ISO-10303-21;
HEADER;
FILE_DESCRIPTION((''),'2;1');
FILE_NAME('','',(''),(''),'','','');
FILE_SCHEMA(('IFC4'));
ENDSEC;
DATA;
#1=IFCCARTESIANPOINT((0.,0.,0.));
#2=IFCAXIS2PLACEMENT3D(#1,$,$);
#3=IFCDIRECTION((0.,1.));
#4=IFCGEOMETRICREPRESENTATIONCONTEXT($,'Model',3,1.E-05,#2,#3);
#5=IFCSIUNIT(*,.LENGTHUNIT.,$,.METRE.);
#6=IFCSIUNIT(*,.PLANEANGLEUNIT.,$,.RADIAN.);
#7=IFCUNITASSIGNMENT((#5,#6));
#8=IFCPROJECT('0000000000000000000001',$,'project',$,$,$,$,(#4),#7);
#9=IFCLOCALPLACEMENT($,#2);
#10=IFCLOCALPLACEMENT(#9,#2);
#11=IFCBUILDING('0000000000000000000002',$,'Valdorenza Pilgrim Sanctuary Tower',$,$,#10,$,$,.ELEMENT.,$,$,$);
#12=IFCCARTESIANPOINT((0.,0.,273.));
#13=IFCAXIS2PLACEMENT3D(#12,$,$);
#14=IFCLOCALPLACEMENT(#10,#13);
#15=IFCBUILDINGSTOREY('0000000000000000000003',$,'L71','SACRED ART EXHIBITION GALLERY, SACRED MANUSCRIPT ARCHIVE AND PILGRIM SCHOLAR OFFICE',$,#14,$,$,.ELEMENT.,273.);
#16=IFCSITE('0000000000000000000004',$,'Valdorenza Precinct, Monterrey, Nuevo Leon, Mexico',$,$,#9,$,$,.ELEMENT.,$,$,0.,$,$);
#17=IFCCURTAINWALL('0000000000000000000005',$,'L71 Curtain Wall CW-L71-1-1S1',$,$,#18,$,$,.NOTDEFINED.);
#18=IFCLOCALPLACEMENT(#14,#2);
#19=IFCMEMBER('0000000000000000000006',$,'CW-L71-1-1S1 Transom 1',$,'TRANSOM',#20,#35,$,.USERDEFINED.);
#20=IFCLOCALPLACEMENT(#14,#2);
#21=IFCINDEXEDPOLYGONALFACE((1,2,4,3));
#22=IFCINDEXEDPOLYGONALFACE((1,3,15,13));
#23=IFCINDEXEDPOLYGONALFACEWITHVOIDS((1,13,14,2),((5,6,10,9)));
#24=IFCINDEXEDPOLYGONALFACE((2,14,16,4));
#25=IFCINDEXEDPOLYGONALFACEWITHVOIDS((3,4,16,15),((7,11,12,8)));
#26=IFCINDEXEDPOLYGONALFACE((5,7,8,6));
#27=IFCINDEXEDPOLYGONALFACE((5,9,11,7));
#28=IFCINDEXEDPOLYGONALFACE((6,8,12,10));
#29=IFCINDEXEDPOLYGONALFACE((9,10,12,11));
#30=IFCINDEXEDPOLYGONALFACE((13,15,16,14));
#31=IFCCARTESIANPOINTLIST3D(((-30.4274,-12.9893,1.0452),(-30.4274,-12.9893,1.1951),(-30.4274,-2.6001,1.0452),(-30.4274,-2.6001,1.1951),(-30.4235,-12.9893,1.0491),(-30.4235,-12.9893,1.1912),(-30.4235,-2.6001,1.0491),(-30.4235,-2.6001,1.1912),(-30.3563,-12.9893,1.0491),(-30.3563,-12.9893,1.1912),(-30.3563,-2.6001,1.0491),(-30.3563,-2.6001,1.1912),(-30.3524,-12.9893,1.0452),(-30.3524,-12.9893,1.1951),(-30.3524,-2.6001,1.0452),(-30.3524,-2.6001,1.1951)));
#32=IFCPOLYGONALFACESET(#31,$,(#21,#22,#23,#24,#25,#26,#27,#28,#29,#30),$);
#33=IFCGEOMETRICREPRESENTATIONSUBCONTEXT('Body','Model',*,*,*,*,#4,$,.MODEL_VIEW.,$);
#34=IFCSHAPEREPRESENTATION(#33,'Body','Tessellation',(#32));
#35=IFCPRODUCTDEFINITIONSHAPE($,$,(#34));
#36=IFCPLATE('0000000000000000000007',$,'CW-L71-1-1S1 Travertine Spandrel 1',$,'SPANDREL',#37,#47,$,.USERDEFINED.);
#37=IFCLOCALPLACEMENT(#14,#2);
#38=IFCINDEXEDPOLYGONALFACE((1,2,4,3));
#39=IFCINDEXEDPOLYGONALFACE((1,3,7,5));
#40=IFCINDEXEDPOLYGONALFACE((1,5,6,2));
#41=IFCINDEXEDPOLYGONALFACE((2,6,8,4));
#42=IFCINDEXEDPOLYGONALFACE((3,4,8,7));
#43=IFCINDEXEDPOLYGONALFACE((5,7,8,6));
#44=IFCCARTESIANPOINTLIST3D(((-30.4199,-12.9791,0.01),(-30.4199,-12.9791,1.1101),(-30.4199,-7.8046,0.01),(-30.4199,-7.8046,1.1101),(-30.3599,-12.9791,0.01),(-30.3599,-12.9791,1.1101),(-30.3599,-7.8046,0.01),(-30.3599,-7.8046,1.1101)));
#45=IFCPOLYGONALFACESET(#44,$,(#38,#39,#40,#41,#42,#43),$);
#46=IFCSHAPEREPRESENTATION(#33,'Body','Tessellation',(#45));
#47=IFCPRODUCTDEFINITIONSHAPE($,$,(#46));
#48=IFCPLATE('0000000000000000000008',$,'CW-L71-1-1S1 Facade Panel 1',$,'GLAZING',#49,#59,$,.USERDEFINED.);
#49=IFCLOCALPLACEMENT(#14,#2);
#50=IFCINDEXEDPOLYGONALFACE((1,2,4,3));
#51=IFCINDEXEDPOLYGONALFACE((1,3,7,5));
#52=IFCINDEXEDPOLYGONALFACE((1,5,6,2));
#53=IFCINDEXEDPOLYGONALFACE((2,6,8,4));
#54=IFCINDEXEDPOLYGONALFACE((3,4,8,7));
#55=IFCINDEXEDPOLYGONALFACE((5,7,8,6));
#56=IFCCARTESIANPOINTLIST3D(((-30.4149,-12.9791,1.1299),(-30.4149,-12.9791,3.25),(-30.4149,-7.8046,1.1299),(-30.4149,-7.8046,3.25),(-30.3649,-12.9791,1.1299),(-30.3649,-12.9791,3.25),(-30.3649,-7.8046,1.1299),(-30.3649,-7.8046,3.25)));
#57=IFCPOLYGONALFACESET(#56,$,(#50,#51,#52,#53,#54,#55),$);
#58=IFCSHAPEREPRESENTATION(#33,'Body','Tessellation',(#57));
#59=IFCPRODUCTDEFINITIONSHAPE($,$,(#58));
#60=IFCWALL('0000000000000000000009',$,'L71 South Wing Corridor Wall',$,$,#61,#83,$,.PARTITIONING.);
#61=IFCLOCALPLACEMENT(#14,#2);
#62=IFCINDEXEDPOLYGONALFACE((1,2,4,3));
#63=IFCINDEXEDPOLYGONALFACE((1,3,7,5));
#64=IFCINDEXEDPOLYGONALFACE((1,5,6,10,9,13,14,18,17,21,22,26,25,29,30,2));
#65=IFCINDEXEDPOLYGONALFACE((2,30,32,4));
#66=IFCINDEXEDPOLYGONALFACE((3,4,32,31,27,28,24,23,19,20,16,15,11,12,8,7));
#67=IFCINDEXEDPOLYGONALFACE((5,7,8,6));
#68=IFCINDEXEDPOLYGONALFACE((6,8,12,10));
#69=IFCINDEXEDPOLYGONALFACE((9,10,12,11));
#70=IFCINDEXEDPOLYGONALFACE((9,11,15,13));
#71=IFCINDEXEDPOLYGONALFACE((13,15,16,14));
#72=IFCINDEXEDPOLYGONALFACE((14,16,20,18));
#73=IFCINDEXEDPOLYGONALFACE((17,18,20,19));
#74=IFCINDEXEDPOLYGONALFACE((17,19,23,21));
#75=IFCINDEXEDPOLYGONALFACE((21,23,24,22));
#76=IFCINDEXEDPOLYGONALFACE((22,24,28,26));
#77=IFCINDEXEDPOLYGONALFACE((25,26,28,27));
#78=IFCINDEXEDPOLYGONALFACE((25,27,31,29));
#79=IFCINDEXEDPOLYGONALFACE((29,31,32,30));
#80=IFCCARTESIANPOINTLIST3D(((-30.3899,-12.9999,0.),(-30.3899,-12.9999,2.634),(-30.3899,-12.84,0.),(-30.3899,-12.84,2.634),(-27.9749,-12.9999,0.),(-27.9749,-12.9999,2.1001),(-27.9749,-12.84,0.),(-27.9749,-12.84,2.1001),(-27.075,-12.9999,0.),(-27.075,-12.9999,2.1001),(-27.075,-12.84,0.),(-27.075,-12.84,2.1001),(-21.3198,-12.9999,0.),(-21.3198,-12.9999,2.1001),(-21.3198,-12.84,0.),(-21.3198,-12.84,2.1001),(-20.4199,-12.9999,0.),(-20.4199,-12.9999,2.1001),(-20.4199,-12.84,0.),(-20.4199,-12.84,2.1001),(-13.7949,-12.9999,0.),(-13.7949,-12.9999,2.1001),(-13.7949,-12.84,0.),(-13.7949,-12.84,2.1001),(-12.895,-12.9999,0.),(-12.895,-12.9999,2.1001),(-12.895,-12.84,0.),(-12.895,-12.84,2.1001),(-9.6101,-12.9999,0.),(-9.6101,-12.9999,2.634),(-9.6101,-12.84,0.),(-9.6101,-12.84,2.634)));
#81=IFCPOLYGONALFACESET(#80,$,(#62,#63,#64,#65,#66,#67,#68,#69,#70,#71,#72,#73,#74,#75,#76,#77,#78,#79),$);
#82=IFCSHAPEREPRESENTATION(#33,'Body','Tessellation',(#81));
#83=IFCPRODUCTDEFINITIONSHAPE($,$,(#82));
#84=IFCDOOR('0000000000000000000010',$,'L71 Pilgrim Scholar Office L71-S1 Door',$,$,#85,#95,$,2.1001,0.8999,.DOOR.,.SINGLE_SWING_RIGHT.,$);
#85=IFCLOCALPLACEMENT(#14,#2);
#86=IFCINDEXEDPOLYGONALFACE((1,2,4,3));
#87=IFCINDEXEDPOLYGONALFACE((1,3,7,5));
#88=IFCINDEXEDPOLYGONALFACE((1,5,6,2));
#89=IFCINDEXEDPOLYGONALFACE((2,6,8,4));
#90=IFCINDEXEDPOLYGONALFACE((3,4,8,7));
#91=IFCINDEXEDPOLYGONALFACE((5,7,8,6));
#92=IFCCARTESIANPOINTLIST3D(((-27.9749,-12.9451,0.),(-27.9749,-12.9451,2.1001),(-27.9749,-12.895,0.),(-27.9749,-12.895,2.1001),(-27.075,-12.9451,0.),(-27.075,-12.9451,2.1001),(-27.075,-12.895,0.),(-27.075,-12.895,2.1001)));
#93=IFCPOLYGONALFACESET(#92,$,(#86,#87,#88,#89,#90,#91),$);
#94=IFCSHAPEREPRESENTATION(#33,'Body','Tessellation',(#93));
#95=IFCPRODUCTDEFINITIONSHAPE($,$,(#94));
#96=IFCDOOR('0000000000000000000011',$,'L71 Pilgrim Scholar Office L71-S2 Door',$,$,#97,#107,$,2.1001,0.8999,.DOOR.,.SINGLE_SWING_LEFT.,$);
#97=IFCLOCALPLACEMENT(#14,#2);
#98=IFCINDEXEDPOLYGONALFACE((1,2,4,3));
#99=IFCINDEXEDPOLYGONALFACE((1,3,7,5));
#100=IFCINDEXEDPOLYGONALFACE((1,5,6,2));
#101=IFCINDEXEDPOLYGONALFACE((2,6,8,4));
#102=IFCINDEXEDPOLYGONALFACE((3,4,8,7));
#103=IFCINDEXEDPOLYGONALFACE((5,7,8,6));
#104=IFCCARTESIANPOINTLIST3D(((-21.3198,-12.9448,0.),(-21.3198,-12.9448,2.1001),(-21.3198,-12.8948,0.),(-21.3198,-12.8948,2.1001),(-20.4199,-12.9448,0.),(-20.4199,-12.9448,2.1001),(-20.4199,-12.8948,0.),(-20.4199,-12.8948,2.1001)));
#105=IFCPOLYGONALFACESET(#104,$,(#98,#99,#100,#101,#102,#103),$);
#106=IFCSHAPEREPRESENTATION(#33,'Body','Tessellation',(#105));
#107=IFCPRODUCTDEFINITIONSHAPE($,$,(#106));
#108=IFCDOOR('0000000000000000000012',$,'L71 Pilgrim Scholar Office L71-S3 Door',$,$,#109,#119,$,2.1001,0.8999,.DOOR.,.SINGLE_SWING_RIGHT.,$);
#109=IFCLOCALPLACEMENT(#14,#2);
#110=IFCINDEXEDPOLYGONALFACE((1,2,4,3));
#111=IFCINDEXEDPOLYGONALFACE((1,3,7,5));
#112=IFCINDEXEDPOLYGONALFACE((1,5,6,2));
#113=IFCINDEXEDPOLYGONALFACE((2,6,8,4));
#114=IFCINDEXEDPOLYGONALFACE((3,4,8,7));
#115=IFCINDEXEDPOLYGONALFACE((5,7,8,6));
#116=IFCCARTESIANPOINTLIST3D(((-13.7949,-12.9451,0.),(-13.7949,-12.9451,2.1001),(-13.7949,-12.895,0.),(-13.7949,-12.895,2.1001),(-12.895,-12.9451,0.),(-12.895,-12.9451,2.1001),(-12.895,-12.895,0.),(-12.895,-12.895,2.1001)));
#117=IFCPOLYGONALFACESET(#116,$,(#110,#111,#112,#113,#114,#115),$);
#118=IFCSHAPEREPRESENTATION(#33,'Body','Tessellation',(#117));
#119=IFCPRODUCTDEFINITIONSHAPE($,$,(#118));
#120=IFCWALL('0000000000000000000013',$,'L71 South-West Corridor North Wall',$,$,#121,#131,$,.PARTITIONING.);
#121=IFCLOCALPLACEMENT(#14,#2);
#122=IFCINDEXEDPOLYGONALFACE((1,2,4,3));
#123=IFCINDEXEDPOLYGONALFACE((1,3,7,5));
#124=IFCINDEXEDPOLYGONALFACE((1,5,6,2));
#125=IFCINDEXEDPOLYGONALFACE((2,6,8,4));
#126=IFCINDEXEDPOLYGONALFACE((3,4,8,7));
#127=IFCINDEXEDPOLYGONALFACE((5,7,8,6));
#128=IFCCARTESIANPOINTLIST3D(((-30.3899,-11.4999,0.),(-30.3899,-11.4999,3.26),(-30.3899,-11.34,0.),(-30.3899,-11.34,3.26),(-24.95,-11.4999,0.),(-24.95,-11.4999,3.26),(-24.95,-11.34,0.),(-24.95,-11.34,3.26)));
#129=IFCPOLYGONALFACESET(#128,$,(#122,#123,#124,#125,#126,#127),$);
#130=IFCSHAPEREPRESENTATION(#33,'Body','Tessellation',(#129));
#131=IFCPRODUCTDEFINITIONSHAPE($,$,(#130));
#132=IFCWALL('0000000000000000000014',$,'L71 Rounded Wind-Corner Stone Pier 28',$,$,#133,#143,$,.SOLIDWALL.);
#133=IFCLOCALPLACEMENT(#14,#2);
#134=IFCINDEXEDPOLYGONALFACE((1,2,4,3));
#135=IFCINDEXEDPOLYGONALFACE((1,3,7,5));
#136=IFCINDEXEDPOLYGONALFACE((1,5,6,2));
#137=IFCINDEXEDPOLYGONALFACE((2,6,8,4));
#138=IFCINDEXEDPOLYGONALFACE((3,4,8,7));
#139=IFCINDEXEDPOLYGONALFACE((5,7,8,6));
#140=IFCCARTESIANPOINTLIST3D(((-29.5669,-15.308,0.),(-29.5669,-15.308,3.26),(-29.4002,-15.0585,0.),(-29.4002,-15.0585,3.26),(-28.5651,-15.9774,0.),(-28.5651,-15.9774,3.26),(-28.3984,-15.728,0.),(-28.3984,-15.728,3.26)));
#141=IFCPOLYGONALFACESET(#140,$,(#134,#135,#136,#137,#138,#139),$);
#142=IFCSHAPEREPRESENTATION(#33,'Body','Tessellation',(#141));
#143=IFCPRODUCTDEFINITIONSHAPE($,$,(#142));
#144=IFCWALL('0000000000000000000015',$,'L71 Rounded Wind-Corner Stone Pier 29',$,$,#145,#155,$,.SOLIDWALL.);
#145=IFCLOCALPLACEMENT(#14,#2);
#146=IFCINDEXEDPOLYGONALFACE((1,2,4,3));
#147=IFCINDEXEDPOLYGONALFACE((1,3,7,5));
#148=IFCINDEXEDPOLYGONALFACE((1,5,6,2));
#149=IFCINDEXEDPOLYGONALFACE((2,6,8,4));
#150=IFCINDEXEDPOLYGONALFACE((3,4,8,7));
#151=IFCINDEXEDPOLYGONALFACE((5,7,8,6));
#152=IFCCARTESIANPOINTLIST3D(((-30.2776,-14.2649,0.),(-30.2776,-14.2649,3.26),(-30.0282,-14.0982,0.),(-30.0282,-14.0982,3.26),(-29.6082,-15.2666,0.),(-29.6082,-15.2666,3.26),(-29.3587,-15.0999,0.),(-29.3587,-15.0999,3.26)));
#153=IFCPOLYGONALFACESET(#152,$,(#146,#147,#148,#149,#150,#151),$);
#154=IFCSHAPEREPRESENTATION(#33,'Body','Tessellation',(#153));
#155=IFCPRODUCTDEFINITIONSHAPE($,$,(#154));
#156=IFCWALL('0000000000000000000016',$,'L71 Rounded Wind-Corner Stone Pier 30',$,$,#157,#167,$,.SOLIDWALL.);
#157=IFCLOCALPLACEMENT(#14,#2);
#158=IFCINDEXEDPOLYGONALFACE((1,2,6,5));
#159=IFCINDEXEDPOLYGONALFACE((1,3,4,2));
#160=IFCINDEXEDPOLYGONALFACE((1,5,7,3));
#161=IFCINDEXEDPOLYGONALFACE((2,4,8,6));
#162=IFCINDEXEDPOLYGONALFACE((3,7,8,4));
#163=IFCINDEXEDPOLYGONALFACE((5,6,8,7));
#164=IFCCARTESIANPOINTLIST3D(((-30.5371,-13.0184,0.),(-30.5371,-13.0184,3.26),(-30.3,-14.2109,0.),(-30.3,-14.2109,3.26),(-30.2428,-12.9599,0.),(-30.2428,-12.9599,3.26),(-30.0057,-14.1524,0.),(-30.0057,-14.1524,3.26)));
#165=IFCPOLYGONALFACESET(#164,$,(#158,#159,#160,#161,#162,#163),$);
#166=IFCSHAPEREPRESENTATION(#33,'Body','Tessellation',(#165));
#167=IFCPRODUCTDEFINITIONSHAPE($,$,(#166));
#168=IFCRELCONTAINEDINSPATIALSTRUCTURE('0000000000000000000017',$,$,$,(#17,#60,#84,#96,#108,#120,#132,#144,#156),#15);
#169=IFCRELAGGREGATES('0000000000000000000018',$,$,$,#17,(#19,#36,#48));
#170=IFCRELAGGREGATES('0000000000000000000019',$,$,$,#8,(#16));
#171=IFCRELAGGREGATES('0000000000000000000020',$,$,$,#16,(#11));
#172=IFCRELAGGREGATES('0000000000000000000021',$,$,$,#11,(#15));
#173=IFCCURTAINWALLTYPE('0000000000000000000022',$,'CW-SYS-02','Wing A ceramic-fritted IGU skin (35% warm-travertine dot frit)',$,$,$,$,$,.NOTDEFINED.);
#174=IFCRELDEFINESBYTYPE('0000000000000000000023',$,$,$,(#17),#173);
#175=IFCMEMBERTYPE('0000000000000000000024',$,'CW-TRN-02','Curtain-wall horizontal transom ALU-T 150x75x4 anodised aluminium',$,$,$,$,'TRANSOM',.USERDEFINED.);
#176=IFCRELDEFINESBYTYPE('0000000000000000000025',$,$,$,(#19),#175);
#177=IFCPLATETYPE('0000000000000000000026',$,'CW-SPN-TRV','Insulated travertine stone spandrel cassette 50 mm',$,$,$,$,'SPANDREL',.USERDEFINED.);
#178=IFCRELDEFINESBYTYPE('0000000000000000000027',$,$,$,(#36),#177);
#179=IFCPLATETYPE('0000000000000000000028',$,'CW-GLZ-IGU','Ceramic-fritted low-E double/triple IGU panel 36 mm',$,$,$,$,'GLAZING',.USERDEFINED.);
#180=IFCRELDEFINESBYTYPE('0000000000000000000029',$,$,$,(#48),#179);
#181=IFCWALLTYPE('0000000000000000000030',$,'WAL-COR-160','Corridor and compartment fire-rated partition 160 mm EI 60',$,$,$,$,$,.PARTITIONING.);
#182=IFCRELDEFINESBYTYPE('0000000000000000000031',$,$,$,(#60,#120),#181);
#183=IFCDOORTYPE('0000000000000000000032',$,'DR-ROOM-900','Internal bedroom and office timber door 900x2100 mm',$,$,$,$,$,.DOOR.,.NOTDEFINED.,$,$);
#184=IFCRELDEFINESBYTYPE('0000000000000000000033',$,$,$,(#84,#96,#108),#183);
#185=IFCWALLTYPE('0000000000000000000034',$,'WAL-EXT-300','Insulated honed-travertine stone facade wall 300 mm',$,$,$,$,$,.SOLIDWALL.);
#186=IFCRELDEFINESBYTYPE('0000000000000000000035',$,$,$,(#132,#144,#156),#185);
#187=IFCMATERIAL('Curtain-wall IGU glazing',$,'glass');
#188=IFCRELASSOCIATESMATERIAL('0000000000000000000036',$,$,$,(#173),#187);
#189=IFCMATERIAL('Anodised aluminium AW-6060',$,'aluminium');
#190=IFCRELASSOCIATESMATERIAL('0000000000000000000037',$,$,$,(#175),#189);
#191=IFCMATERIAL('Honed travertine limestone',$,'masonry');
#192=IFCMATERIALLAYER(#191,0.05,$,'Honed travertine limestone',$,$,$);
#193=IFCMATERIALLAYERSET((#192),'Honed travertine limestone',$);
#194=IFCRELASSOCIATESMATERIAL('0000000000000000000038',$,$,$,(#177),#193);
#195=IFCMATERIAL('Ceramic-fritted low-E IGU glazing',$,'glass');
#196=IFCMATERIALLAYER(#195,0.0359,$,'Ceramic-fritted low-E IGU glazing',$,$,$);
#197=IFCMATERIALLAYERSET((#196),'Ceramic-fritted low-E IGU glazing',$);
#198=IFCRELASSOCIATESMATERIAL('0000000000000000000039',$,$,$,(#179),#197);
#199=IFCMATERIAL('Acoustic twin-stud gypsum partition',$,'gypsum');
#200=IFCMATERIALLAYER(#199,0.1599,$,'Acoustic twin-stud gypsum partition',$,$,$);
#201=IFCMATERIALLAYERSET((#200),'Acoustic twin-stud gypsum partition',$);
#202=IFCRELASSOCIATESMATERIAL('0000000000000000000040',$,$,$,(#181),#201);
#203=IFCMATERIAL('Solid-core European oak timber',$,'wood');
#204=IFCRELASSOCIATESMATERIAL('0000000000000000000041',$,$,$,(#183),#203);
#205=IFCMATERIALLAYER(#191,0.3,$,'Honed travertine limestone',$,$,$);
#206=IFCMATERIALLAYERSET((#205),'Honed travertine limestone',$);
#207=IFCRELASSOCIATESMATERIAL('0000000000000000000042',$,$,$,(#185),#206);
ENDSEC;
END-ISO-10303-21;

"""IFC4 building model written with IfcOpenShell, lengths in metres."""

from ifc_helpers import new_model, si_unit, direction, frame, frame_2d, origin, origin_2d, place, context, subcontext, project, spatial, rectangle, hollow_rectangle, extrude, source, transform, mapped, material, layer, layer_set, material_profile, profile_set, type_object, element, fill, aggregate, save


model = new_model("IFC4")

# Units and contexts
model_context = context("Model", 3, precision=1e-05, world=origin(), true_north=direction((0.0, 1.0)))
body_context = subcontext(model_context, "Body", "Model", "MODEL_VIEW")
ifc_project = project(units=[si_unit("LENGTHUNIT", "METRE"), si_unit("PLANEANGLEUNIT", "RADIAN")], contexts=[model_context])

# Site, building, storey
site_placement = place(None, origin())
site = spatial("IfcSite", under=ifc_project, at=site_placement, Name="Valdorenza Precinct, Monterrey, Nuevo Leon, Mexico", CompositionType="ELEMENT", RefElevation=0.0)
building_placement = place(site_placement, origin())
building = spatial("IfcBuilding", under=site, at=building_placement, Name="Valdorenza Pilgrim Sanctuary Tower", CompositionType="ELEMENT")
storey_placement = place(building_placement, frame((0.0, 0.0, 273.0)))
storey = spatial("IfcBuildingStorey", under=building, at=storey_placement, Name="L71", Description="SACRED ART EXHIBITION GALLERY, SACRED MANUSCRIPT ARCHIVE AND PILGRIM SCHOLAR OFFICE", CompositionType="ELEMENT", Elevation=273.0)

# Curtain wall, member, plates
ifc_material_1 = material(Name="Curtain-wall IGU glazing", Category="glass")
curtain_wall_type = type_object("IfcCurtainWallType", Name="CW-SYS-02", Description="Wing A ceramic-fritted IGU skin (35% warm-travertine dot frit)", PredefinedType="NOTDEFINED", material=ifc_material_1)
curtain_wall_placement = place(storey_placement, origin())
curtain_wall = element("IfcCurtainWall", 1, at=curtain_wall_placement, inside=storey, type_object=curtain_wall_type, Name="L71 Curtain Wall CW-L71-1-1S1", PredefinedType="NOTDEFINED")
ifc_material_2 = material(Name="Anodised aluminium AW-6060", Category="aluminium")
ifc_material_profile_1 = material_profile(ifc_material_2, hollow_rectangle(XDim=0.075, YDim=0.1499, WallThickness=0.0039, at=origin_2d()), Name="ALU-T 150x75x4")
ifc_profile_set_1 = profile_set([ifc_material_profile_1], Name="Anodised aluminium AW-6060")
member_type_1 = type_object("IfcMemberType", Name="CW-TRN-02", Description="Curtain-wall horizontal transom ALU-T 150x75x4 anodised aluminium", ElementType="TRANSOM", PredefinedType="USERDEFINED", material=ifc_profile_set_1)
shared_shape_1 = source(origin(), body_context, "Body", "SweptSolid", [
    extrude(hollow_rectangle(XDim=0.075, YDim=0.1499, WallThickness=0.0039, at=origin_2d()), origin(), (0.0, 0.0, 1.0), 10.3892),
])
member_1_placement = place(storey_placement, frame((-30.3899, -12.9893, 1.1201), z_axis=(0.0, 1.0, 0.0), x_axis=(-1.0, 0.0, 0.0)))
member_1 = element("IfcMember", 2, at=member_1_placement, type_object=member_type_1, Name="CW-L71-1-1S1 Transom 1", ObjectType="TRANSOM", PredefinedType="USERDEFINED", context=body_context, shape_type="MappedRepresentation", body=[
    mapped(shared_shape_1, transform((0.0, 0.0, 0.0), x_axis=(1.0, 0.0, 0.0), y_axis=(0.0, 1.0, 0.0), z_axis=(0.0, 0.0, 1.0), scale=1.0)),
])
ifc_material_3 = material(Name="Honed travertine limestone", Category="masonry")
ifc_layer_1 = layer(ifc_material_3, 0.05, Name="Honed travertine limestone")
ifc_layer_set_1 = layer_set([ifc_layer_1], Name="Honed travertine limestone")
plate_type_1 = type_object("IfcPlateType", Name="CW-SPN-TRV", Description="Insulated travertine stone spandrel cassette 50 mm", ElementType="SPANDREL", PredefinedType="USERDEFINED", material=ifc_layer_set_1)
shared_shape_2 = source(origin(), body_context, "Body", "SweptSolid", [
    extrude(rectangle(XDim=5.1746, YDim=0.0601, at=origin_2d()), origin(), (0.0, 0.0, 1.0), 1.1001),
])
plate_1_placement = place(storey_placement, frame((-30.3899, -10.3918, 0.01), z_axis=(0.0, 0.0, 1.0), x_axis=(0.0, 1.0, 0.0)))
plate_1 = element("IfcPlate", 3, at=plate_1_placement, type_object=plate_type_1, Name="CW-L71-1-1S1 Travertine Spandrel 1", ObjectType="SPANDREL", PredefinedType="USERDEFINED", context=body_context, shape_type="MappedRepresentation", body=[
    mapped(shared_shape_2, transform((0.0, 0.0, 0.0), x_axis=(1.0, 0.0, 0.0), y_axis=(0.0, 1.0, 0.0), z_axis=(0.0, 0.0, 1.0), scale=1.0)),
])
ifc_material_4 = material(Name="Ceramic-fritted low-E IGU glazing", Category="glass")
ifc_layer_2 = layer(ifc_material_4, 0.0359, Name="Ceramic-fritted low-E IGU glazing")
ifc_layer_set_2 = layer_set([ifc_layer_2], Name="Ceramic-fritted low-E IGU glazing")
plate_type_2 = type_object("IfcPlateType", Name="CW-GLZ-IGU", Description="Ceramic-fritted low-E double/triple IGU panel 36 mm", ElementType="GLAZING", PredefinedType="USERDEFINED", material=ifc_layer_set_2)
shared_shape_3 = source(origin(), body_context, "Body", "SweptSolid", [
    extrude(rectangle(XDim=5.1746, YDim=0.05, at=origin_2d()), origin(), (0.0, 0.0, 1.0), 2.1201),
])
plate_2_placement = place(storey_placement, frame((-30.3899, -10.3918, 1.1299), z_axis=(0.0, 0.0, 1.0), x_axis=(0.0, 1.0, 0.0)))
plate_2 = element("IfcPlate", 4, at=plate_2_placement, type_object=plate_type_2, Name="CW-L71-1-1S1 Facade Panel 1", ObjectType="GLAZING", PredefinedType="USERDEFINED", context=body_context, shape_type="MappedRepresentation", body=[
    mapped(shared_shape_3, transform((0.0, 0.0, 0.0), x_axis=(1.0, 0.0, 0.0), y_axis=(0.0, 1.0, 0.0), z_axis=(0.0, 0.0, 1.0), scale=1.0)),
])
aggregate(curtain_wall, [member_1, plate_1, plate_2])

# Wall, openings, doors
ifc_material_5 = material(Name="Acoustic twin-stud gypsum partition", Category="gypsum")
ifc_layer_3 = layer(ifc_material_5, 0.1599, Name="Acoustic twin-stud gypsum partition")
ifc_layer_set_3 = layer_set([ifc_layer_3], Name="Acoustic twin-stud gypsum partition")
wall_type_1 = type_object("IfcWallType", Name="WAL-COR-160", Description="Corridor and compartment fire-rated partition 160 mm EI 60", PredefinedType="PARTITIONING", material=ifc_layer_set_3)
wall_1_placement = place(storey_placement, frame((-30.3899, -12.9199, 0.0), z_axis=(0.0, 0.0, 1.0), x_axis=(1.0, 0.0, 0.0)))
wall_1 = element("IfcWall", 5, at=wall_1_placement, inside=storey, type_object=wall_type_1, Name="L71 South Wing Corridor Wall", PredefinedType="PARTITIONING", context=body_context, shape_type="SweptSolid", body=[
    extrude(rectangle(XDim=20.7798, YDim=0.1599, at=frame_2d((10.3899, 0.0))), origin(), (0.0, 0.0, 1.0), 2.634),
])
opening_1_placement = place(wall_1_placement, frame((2.415, 0.0, 0.0)))
opening_1 = element("IfcOpeningElement", 6, at=opening_1_placement, cuts=wall_1, PredefinedType="OPENING", context=body_context, shape_type="SweptSolid", body=[
    extrude(rectangle(XDim=0.8999, YDim=2.1001, at=frame_2d((0.45, 1.05))), frame((0.0, 0.0947, 0.0), z_axis=(0.0, -1.0, 0.0), x_axis=(1.0, 0.0, 0.0)), (0.0, 0.0, 1.0), 0.1897),
])
opening_2_placement = place(wall_1_placement, frame((9.0701, 0.0, 0.0)))
opening_2 = element("IfcOpeningElement", 7, at=opening_2_placement, cuts=wall_1, PredefinedType="OPENING", context=body_context, shape_type="SweptSolid", body=[
    extrude(rectangle(XDim=0.8999, YDim=2.1001, at=frame_2d((0.45, 1.05))), frame((0.0, 0.0947, 0.0), z_axis=(0.0, -1.0, 0.0), x_axis=(1.0, 0.0, 0.0)), (0.0, 0.0, 1.0), 0.1897),
])
opening_3_placement = place(wall_1_placement, frame((16.595, 0.0, 0.0)))
opening_3 = element("IfcOpeningElement", 8, at=opening_3_placement, cuts=wall_1, PredefinedType="OPENING", context=body_context, shape_type="SweptSolid", body=[
    extrude(rectangle(XDim=0.8999, YDim=2.1001, at=frame_2d((0.45, 1.05))), frame((0.0, 0.0947, 0.0), z_axis=(0.0, -1.0, 0.0), x_axis=(1.0, 0.0, 0.0)), (0.0, 0.0, 1.0), 0.1897),
])
ifc_material_6 = material(Name="Solid-core European oak timber", Category="wood")
door_type = type_object("IfcDoorType", Name="DR-ROOM-900", Description="Internal bedroom and office timber door 900x2100 mm", OperationType="NOTDEFINED", PredefinedType="DOOR", material=ifc_material_6)
door_1_placement = place(opening_1_placement, origin())
door_1 = element("IfcDoor", 9, at=door_1_placement, inside=storey, type_object=door_type, Name="L71 Pilgrim Scholar Office L71-S1 Door", OperationType="SINGLE_SWING_RIGHT", OverallHeight=2.1001, OverallWidth=0.8999, PredefinedType="DOOR", context=body_context, shape_type="SweptSolid", body=[
    extrude(rectangle(XDim=0.8999, YDim=2.1001, at=frame_2d((0.45, 1.05))), frame((0.0, 0.0249, 0.0), z_axis=(0.0, -1.0, 0.0), x_axis=(1.0, 0.0, 0.0)), (0.0, 0.0, 1.0), 0.05),
])
fill(opening_1, door_1)
door_2_placement = place(opening_2_placement, frame((0.8999, 0.0, 0.0), z_axis=(0.0, 0.0, 1.0), x_axis=(-1.0, 0.0, 0.0)))
door_2 = element("IfcDoor", 10, at=door_2_placement, inside=storey, type_object=door_type, Name="L71 Pilgrim Scholar Office L71-S2 Door", OperationType="SINGLE_SWING_LEFT", OverallHeight=2.1001, OverallWidth=0.8999, PredefinedType="DOOR", context=body_context, shape_type="SweptSolid", body=[
    extrude(rectangle(XDim=0.8999, YDim=2.1001, at=frame_2d((0.45, 1.05))), frame((0.0, 0.0249, 0.0), z_axis=(0.0, -1.0, 0.0), x_axis=(1.0, 0.0, 0.0)), (0.0, 0.0, 1.0), 0.05),
])
fill(opening_2, door_2)
door_3_placement = place(opening_3_placement, origin())
door_3 = element("IfcDoor", 11, at=door_3_placement, inside=storey, type_object=door_type, Name="L71 Pilgrim Scholar Office L71-S3 Door", OperationType="SINGLE_SWING_RIGHT", OverallHeight=2.1001, OverallWidth=0.8999, PredefinedType="DOOR", context=body_context, shape_type="SweptSolid", body=[
    extrude(rectangle(XDim=0.8999, YDim=2.1001, at=frame_2d((0.45, 1.05))), frame((0.0, 0.0249, 0.0), z_axis=(0.0, -1.0, 0.0), x_axis=(1.0, 0.0, 0.0)), (0.0, 0.0, 1.0), 0.05),
])
fill(opening_3, door_3)

# Walls
wall_2_placement = place(storey_placement, frame((-30.3899, -11.4199, 0.0), z_axis=(0.0, 0.0, 1.0), x_axis=(1.0, 0.0, 0.0)))
element("IfcWall", 12, at=wall_2_placement, inside=storey, type_object=wall_type_1, Name="L71 South-West Corridor North Wall", PredefinedType="PARTITIONING", context=body_context, shape_type="SweptSolid", body=[
    extrude(rectangle(XDim=5.4399, YDim=0.1599, at=frame_2d((2.72, 0.0))), origin(), (0.0, 0.0, 1.0), 3.26),
])
ifc_layer_4 = layer(ifc_material_3, 0.3, Name="Honed travertine limestone")
ifc_layer_set_4 = layer_set([ifc_layer_4], Name="Honed travertine limestone")
wall_type_2 = type_object("IfcWallType", Name="WAL-EXT-300", Description="Insulated honed-travertine stone facade wall 300 mm", PredefinedType="SOLIDWALL", material=ifc_layer_set_4)
for number, where, z_axis, x_axis, name in (
    (13, (-28.4817, -15.8528, 0.0), (0.0, 0.0, 1.0), (-0.831426, 0.555635, 0.0), "L71 Rounded Wind-Corner Stone Pier 28"),
    (14, (-29.4834, -15.1833, 0.0), (0.0, 0.0, 1.0), (-0.555635, 0.831426, 0.0), "L71 Rounded Wind-Corner Stone Pier 29"),
):
    element("IfcWall", number, at=place(storey_placement, frame(where, z_axis=z_axis, x_axis=x_axis)), inside=storey, type_object=wall_type_2, Name=name, PredefinedType="SOLIDWALL", context=body_context, shape_type="SweptSolid", body=[
        extrude(rectangle(XDim=1.2048, YDim=0.3, at=frame_2d((0.6025, 0.0))), origin(), (0.0, 0.0, 1.0), 3.26),
    ])
wall_3_placement = place(storey_placement, frame((-30.1528, -14.1816, 0.0), z_axis=(0.0, 0.0, 1.0), x_axis=(-0.194996, 0.980804, 0.0)))
element("IfcWall", 15, at=wall_3_placement, inside=storey, type_object=wall_type_2, Name="L71 Rounded Wind-Corner Stone Pier 30", PredefinedType="SOLIDWALL", context=body_context, shape_type="SweptSolid", body=[
    extrude(rectangle(XDim=1.2158, YDim=0.3, at=frame_2d((0.6079, 0.0))), origin(), (0.0, 0.0, 1.0), 3.26),
])

save(model, "model.ifc")
